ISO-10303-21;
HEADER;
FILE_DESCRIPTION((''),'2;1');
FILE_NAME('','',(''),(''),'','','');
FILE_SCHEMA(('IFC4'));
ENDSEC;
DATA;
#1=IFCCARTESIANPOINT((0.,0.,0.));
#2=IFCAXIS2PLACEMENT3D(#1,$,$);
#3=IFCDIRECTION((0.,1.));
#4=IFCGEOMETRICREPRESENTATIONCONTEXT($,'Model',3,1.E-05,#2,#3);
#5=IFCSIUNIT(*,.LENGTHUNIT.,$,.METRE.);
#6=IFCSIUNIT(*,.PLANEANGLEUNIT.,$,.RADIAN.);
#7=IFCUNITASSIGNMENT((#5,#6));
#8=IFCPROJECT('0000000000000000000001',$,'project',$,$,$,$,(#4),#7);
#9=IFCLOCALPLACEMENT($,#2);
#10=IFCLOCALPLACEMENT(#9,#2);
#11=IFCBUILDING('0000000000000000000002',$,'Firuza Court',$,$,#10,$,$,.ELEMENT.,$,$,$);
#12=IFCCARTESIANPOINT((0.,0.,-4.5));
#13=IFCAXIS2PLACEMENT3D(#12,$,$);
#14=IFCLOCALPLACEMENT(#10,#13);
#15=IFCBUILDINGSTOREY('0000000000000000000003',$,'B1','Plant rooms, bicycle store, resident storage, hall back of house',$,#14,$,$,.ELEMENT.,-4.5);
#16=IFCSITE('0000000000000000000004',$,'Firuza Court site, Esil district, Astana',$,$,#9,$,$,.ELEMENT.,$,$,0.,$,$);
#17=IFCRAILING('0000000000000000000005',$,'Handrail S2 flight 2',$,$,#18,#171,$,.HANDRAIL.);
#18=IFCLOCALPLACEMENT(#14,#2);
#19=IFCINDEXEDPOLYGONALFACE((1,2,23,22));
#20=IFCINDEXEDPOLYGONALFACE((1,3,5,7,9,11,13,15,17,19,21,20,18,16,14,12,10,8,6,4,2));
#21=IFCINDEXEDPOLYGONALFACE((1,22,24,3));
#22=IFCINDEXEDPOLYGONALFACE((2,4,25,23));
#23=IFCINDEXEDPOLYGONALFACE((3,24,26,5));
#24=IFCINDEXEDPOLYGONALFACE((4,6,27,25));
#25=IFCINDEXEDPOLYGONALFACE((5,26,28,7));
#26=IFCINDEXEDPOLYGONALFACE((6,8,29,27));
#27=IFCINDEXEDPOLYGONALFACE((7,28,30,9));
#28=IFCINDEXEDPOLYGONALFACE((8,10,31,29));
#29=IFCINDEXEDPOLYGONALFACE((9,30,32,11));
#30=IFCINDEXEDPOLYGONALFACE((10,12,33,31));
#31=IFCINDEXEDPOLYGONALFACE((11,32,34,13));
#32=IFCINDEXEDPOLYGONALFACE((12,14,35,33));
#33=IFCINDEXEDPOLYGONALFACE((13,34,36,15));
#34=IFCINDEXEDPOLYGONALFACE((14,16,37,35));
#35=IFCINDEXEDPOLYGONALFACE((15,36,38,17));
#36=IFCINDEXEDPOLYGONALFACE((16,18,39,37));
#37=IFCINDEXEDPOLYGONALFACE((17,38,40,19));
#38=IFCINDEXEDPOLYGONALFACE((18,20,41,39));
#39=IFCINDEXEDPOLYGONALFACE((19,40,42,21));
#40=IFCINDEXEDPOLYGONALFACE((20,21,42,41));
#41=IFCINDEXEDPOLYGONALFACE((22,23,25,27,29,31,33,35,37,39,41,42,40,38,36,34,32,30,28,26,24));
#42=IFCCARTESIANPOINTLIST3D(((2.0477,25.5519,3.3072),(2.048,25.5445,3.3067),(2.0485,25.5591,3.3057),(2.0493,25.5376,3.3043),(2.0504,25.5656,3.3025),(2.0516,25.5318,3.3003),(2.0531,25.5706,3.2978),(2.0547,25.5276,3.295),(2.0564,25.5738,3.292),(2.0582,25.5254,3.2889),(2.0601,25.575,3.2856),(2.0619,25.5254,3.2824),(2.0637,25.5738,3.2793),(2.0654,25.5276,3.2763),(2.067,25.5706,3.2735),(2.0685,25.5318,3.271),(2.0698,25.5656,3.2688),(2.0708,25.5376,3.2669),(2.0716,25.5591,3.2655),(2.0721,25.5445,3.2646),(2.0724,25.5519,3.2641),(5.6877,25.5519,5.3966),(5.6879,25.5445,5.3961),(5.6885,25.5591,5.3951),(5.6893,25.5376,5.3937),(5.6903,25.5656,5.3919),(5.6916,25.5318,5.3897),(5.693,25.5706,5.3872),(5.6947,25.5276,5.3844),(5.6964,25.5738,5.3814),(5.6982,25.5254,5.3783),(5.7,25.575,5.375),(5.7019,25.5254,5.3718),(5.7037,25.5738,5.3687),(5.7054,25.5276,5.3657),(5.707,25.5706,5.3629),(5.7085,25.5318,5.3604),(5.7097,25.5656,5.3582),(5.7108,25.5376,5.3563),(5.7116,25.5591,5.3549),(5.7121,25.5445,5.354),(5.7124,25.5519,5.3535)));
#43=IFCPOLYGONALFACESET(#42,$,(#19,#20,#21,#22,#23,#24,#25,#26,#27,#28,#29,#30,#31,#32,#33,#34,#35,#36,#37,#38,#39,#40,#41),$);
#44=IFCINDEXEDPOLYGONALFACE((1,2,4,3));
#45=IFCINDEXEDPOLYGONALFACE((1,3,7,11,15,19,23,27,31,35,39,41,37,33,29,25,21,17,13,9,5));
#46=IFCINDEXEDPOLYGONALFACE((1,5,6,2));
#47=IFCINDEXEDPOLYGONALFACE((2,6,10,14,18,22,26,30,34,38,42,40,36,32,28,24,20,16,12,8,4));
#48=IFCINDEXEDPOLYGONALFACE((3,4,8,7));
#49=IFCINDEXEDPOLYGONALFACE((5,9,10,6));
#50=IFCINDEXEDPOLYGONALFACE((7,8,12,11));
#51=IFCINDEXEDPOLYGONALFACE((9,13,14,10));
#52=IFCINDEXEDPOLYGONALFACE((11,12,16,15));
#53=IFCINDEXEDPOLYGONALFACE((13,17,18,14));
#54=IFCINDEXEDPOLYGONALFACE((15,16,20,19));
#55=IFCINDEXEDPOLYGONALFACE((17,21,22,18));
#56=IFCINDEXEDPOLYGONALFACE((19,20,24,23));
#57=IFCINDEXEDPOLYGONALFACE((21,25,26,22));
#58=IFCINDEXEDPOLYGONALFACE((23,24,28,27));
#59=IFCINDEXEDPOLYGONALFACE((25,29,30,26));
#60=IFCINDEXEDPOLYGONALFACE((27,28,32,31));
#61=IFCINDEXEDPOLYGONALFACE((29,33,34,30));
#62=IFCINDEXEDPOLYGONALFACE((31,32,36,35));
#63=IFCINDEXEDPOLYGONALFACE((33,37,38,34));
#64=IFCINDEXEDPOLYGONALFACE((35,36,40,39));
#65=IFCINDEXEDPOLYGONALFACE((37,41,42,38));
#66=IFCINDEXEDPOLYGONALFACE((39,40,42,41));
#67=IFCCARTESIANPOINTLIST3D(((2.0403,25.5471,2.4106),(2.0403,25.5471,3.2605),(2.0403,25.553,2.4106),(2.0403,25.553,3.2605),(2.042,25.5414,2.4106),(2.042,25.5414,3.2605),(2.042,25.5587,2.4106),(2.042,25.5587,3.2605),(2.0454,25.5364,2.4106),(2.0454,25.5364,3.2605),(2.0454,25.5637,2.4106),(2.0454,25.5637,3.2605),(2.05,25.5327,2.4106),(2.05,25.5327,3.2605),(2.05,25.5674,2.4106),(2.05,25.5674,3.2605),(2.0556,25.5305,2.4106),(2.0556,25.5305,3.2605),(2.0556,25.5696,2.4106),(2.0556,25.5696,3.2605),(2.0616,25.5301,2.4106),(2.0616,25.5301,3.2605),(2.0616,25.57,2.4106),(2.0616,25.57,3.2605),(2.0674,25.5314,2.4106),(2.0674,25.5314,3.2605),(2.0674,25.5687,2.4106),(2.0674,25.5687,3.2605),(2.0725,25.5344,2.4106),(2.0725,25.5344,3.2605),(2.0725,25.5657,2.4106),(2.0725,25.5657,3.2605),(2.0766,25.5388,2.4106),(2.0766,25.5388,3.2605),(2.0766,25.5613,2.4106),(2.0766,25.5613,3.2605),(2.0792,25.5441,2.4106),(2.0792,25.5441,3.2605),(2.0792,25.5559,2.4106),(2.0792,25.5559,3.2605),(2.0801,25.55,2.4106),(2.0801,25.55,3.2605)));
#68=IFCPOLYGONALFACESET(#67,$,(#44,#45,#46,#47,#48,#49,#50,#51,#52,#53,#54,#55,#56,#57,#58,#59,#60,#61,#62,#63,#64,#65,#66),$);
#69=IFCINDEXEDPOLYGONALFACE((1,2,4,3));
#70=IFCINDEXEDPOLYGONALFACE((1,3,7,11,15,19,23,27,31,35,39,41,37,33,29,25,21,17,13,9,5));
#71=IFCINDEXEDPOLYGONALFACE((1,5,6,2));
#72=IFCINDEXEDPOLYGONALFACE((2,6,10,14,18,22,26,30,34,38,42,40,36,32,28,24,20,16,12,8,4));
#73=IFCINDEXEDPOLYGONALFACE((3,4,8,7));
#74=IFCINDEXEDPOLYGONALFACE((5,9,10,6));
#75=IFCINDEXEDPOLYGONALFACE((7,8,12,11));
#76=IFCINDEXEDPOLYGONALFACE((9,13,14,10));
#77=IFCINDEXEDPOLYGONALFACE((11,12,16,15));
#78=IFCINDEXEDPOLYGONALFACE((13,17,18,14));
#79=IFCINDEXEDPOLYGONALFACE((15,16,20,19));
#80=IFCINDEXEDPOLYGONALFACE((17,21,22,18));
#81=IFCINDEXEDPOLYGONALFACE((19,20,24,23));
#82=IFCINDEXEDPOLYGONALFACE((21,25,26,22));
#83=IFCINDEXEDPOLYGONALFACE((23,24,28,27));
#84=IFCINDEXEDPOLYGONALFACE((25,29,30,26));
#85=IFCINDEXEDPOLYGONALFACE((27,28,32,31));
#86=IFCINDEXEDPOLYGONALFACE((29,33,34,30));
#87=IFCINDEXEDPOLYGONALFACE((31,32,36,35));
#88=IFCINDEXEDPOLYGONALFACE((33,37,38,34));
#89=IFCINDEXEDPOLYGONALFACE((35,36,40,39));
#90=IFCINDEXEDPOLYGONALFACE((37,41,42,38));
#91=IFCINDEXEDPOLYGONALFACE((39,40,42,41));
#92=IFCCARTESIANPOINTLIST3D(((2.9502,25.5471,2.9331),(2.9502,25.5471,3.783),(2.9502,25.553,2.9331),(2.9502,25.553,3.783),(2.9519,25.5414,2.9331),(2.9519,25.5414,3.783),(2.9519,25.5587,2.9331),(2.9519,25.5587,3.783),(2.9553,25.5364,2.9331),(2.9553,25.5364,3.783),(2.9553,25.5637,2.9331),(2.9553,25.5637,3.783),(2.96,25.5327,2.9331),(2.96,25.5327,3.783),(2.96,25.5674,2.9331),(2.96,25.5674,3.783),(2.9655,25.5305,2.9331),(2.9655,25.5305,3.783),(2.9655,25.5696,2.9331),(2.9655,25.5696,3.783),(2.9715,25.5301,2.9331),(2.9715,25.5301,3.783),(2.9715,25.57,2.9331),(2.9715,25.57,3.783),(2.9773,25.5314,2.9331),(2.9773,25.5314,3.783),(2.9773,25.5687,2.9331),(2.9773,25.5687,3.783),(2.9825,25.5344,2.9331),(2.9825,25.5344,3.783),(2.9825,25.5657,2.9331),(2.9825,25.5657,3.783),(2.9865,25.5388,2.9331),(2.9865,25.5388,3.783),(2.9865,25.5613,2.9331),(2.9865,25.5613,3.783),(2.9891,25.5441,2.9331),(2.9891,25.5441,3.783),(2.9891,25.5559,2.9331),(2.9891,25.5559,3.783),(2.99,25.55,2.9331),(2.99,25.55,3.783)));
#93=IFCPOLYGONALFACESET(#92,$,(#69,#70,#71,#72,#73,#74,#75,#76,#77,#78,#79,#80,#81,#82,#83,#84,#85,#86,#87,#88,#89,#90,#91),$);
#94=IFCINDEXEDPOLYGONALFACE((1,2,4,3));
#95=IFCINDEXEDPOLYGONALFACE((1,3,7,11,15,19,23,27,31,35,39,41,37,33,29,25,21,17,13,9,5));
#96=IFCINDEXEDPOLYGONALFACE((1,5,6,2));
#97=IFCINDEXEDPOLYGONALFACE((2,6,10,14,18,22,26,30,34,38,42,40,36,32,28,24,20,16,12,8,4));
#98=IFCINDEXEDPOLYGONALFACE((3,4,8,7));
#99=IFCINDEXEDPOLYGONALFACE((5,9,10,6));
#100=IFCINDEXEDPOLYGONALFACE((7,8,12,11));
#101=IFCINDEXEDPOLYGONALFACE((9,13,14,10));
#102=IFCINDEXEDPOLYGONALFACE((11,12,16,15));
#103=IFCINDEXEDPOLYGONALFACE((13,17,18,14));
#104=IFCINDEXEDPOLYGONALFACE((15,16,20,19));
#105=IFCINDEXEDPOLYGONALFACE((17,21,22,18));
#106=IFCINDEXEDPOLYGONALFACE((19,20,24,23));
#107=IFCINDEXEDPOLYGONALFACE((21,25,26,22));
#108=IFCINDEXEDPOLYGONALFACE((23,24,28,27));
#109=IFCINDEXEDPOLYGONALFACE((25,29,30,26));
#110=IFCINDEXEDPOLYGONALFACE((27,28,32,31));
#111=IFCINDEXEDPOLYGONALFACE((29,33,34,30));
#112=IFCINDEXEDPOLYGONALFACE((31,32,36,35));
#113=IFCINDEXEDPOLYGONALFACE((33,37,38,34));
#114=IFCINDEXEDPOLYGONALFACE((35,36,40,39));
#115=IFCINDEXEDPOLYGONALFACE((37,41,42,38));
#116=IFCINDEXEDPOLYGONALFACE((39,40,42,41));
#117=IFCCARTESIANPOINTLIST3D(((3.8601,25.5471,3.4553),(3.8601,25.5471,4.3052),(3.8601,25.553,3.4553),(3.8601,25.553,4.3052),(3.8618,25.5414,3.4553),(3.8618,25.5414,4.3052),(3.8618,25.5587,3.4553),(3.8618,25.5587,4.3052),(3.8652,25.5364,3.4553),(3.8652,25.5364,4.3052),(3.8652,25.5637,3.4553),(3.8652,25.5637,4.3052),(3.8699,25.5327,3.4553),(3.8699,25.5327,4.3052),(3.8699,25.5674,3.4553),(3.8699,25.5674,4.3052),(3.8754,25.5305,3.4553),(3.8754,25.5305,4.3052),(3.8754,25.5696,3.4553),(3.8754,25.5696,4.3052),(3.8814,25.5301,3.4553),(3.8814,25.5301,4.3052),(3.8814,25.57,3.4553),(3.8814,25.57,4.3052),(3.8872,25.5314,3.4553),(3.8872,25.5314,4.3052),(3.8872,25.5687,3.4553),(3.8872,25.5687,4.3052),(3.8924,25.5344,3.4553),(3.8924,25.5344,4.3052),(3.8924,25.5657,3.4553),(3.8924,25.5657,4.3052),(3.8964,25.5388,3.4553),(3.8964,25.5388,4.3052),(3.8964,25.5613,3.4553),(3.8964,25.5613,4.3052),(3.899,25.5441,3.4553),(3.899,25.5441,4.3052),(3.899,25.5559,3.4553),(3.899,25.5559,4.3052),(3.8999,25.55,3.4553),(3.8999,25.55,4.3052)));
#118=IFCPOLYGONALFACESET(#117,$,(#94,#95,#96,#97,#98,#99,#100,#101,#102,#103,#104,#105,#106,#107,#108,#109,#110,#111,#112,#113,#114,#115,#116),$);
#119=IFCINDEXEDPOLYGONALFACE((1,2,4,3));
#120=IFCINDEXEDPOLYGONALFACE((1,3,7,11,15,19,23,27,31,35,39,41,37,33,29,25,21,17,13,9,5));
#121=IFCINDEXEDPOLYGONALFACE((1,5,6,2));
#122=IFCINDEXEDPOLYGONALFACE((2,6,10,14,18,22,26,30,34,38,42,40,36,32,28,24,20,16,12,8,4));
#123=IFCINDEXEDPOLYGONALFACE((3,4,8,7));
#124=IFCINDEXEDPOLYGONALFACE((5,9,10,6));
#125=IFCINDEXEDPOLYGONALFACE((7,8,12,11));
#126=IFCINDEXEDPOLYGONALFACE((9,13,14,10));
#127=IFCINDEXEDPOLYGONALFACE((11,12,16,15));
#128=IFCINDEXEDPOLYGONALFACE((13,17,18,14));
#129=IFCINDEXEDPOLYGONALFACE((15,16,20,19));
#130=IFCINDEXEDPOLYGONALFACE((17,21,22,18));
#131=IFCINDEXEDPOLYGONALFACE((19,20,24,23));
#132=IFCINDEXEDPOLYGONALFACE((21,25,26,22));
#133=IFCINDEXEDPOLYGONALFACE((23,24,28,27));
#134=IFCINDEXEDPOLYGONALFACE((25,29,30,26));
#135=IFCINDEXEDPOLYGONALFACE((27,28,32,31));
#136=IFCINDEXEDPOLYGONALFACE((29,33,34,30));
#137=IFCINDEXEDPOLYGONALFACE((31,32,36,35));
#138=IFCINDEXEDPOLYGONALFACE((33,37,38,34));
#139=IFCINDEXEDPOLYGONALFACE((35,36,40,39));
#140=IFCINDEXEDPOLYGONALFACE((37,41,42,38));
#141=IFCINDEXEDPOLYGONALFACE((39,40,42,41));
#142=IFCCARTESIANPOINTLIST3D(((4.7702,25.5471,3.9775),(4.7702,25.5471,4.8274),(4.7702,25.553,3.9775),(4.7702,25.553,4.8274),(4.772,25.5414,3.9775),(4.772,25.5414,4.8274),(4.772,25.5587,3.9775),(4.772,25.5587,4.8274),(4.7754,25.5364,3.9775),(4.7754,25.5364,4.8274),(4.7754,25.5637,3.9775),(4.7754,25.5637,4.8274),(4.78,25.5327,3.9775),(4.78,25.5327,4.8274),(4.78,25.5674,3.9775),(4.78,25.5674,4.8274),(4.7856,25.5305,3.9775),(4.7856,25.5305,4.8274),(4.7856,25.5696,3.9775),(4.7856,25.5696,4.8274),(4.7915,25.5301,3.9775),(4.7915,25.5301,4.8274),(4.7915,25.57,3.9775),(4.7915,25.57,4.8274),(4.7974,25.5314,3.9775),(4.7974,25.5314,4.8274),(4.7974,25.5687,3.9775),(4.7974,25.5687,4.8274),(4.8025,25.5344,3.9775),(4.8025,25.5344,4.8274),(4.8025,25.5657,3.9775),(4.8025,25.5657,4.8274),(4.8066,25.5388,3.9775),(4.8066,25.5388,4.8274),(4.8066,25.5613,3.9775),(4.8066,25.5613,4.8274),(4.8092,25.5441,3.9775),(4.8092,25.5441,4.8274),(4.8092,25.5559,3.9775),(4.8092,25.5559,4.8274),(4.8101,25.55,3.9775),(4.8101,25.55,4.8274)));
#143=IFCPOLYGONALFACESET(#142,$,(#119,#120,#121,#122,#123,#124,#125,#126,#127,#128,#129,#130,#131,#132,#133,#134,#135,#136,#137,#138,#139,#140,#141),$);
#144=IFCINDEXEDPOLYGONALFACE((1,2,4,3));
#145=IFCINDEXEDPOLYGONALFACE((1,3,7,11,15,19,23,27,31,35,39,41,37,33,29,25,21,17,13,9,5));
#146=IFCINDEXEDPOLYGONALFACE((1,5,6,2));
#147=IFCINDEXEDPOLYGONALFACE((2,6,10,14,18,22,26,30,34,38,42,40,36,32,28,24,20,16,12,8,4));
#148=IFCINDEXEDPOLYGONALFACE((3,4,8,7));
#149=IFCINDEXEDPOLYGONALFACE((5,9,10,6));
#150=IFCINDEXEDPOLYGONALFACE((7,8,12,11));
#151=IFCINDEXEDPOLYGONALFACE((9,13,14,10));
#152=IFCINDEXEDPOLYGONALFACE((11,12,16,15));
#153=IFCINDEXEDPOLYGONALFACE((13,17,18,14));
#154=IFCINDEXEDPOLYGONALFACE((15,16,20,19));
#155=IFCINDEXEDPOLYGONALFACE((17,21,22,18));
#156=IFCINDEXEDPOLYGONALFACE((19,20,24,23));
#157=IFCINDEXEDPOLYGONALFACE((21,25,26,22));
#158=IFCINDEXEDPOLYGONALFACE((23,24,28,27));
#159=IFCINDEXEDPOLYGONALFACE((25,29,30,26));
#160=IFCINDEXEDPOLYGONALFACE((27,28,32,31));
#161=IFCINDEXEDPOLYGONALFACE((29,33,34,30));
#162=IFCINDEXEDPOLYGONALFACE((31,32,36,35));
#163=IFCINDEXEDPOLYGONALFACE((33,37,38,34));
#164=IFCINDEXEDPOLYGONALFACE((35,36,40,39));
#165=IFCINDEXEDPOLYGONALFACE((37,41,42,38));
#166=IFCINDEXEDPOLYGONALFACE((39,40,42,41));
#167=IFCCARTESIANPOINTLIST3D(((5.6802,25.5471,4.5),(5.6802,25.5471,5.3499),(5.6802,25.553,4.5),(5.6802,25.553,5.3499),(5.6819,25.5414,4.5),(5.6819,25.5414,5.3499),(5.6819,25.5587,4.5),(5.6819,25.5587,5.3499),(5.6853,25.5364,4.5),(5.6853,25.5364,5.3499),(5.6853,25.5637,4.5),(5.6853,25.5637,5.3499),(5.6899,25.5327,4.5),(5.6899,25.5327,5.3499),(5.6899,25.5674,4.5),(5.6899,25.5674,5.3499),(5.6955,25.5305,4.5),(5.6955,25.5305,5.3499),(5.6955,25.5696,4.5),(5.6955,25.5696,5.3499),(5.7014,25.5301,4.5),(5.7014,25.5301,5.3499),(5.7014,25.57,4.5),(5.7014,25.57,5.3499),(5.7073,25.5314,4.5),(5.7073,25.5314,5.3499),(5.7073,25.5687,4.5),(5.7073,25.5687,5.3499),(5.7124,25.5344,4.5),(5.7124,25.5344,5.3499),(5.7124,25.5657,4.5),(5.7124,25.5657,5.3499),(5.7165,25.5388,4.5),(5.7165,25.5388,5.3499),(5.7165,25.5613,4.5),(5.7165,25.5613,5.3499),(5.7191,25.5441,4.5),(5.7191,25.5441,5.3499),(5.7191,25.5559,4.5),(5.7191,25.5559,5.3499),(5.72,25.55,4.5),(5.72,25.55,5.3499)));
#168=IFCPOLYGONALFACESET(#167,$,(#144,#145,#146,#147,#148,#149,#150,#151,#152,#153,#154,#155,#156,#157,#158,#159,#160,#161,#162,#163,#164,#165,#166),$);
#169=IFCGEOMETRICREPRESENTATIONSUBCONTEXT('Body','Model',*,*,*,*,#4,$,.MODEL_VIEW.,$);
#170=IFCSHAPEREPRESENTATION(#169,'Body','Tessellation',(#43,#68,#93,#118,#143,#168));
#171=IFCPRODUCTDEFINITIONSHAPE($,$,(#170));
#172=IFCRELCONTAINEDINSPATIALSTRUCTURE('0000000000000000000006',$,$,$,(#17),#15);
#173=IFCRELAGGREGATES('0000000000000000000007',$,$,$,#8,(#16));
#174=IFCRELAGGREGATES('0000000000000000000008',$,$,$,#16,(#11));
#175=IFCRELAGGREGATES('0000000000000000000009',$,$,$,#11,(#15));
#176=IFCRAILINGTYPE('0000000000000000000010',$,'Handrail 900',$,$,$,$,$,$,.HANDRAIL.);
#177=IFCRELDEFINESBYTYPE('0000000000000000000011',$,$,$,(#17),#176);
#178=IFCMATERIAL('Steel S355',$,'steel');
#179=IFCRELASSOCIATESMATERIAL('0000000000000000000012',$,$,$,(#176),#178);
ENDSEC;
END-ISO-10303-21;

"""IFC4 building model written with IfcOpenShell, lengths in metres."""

from ifc_helpers import new_model, si_unit, direction, frame, origin, origin_2d, place, context, subcontext, project, spatial, circle, extrude, material, type_object, element, save


model = new_model("IFC4")

# Units and contexts
model_context = context("Model", 3, precision=1e-05, world=origin(), true_north=direction((0.0, 1.0)))
body_context = subcontext(model_context, "Body", "Model", "MODEL_VIEW")
ifc_project = project(units=[si_unit("LENGTHUNIT", "METRE"), si_unit("PLANEANGLEUNIT", "RADIAN")], contexts=[model_context])

# Site, building, storey
site_placement = place(None, origin())
site = spatial("IfcSite", under=ifc_project, at=site_placement, Name="Firuza Court site, Esil district, Astana", CompositionType="ELEMENT", RefElevation=0.0)
building_placement = place(site_placement, origin())
building = spatial("IfcBuilding", under=site, at=building_placement, Name="Firuza Court", CompositionType="ELEMENT")
storey_placement = place(building_placement, frame((0.0, 0.0, -4.5)))
storey = spatial("IfcBuildingStorey", under=building, at=storey_placement, Name="B1", Description="Plant rooms, bicycle store, resident storage, hall back of house", CompositionType="ELEMENT", Elevation=-4.5)

# Railing
ifc_material_1 = material(Name="Steel S355", Category="steel")
railing_type = type_object("IfcRailingType", Name="Handrail 900", PredefinedType="HANDRAIL", material=ifc_material_1)
railing_1_placement = place(storey_placement, frame((2.0601, 25.55, 2.4106)))
element("IfcRailing", 1, at=railing_1_placement, inside=storey, type_object=railing_type, Name="Handrail S2 flight 2", PredefinedType="HANDRAIL", context=body_context, shape_type="SweptSolid", body=[
    extrude(circle(Radius=0.0249, at=origin_2d()), frame((0.0, 0.0, 0.875), z_axis=(0.867275, 0.0, 0.497829), x_axis=(0.0, 1.0, 0.0)), (0.0, 0.0, 1.0), 4.197),
    extrude(circle(Radius=0.02, at=origin_2d()), origin(), (0.0, 0.0, 1.0), 0.8499),
    extrude(circle(Radius=0.02, at=origin_2d()), frame((0.9099, 0.0, 0.5225)), (0.0, 0.0, 1.0), 0.8499),
    extrude(circle(Radius=0.02, at=origin_2d()), frame((1.8198, 0.0, 1.0447)), (0.0, 0.0, 1.0), 0.8499),
    extrude(circle(Radius=0.02, at=origin_2d()), frame((2.73, 0.0, 1.5669)), (0.0, 0.0, 1.0), 0.8499),
    extrude(circle(Radius=0.02, at=origin_2d()), frame((3.6399, 0.0, 2.0894)), (0.0, 0.0, 1.0), 0.8499),
])

save(model, "model.ifc")
